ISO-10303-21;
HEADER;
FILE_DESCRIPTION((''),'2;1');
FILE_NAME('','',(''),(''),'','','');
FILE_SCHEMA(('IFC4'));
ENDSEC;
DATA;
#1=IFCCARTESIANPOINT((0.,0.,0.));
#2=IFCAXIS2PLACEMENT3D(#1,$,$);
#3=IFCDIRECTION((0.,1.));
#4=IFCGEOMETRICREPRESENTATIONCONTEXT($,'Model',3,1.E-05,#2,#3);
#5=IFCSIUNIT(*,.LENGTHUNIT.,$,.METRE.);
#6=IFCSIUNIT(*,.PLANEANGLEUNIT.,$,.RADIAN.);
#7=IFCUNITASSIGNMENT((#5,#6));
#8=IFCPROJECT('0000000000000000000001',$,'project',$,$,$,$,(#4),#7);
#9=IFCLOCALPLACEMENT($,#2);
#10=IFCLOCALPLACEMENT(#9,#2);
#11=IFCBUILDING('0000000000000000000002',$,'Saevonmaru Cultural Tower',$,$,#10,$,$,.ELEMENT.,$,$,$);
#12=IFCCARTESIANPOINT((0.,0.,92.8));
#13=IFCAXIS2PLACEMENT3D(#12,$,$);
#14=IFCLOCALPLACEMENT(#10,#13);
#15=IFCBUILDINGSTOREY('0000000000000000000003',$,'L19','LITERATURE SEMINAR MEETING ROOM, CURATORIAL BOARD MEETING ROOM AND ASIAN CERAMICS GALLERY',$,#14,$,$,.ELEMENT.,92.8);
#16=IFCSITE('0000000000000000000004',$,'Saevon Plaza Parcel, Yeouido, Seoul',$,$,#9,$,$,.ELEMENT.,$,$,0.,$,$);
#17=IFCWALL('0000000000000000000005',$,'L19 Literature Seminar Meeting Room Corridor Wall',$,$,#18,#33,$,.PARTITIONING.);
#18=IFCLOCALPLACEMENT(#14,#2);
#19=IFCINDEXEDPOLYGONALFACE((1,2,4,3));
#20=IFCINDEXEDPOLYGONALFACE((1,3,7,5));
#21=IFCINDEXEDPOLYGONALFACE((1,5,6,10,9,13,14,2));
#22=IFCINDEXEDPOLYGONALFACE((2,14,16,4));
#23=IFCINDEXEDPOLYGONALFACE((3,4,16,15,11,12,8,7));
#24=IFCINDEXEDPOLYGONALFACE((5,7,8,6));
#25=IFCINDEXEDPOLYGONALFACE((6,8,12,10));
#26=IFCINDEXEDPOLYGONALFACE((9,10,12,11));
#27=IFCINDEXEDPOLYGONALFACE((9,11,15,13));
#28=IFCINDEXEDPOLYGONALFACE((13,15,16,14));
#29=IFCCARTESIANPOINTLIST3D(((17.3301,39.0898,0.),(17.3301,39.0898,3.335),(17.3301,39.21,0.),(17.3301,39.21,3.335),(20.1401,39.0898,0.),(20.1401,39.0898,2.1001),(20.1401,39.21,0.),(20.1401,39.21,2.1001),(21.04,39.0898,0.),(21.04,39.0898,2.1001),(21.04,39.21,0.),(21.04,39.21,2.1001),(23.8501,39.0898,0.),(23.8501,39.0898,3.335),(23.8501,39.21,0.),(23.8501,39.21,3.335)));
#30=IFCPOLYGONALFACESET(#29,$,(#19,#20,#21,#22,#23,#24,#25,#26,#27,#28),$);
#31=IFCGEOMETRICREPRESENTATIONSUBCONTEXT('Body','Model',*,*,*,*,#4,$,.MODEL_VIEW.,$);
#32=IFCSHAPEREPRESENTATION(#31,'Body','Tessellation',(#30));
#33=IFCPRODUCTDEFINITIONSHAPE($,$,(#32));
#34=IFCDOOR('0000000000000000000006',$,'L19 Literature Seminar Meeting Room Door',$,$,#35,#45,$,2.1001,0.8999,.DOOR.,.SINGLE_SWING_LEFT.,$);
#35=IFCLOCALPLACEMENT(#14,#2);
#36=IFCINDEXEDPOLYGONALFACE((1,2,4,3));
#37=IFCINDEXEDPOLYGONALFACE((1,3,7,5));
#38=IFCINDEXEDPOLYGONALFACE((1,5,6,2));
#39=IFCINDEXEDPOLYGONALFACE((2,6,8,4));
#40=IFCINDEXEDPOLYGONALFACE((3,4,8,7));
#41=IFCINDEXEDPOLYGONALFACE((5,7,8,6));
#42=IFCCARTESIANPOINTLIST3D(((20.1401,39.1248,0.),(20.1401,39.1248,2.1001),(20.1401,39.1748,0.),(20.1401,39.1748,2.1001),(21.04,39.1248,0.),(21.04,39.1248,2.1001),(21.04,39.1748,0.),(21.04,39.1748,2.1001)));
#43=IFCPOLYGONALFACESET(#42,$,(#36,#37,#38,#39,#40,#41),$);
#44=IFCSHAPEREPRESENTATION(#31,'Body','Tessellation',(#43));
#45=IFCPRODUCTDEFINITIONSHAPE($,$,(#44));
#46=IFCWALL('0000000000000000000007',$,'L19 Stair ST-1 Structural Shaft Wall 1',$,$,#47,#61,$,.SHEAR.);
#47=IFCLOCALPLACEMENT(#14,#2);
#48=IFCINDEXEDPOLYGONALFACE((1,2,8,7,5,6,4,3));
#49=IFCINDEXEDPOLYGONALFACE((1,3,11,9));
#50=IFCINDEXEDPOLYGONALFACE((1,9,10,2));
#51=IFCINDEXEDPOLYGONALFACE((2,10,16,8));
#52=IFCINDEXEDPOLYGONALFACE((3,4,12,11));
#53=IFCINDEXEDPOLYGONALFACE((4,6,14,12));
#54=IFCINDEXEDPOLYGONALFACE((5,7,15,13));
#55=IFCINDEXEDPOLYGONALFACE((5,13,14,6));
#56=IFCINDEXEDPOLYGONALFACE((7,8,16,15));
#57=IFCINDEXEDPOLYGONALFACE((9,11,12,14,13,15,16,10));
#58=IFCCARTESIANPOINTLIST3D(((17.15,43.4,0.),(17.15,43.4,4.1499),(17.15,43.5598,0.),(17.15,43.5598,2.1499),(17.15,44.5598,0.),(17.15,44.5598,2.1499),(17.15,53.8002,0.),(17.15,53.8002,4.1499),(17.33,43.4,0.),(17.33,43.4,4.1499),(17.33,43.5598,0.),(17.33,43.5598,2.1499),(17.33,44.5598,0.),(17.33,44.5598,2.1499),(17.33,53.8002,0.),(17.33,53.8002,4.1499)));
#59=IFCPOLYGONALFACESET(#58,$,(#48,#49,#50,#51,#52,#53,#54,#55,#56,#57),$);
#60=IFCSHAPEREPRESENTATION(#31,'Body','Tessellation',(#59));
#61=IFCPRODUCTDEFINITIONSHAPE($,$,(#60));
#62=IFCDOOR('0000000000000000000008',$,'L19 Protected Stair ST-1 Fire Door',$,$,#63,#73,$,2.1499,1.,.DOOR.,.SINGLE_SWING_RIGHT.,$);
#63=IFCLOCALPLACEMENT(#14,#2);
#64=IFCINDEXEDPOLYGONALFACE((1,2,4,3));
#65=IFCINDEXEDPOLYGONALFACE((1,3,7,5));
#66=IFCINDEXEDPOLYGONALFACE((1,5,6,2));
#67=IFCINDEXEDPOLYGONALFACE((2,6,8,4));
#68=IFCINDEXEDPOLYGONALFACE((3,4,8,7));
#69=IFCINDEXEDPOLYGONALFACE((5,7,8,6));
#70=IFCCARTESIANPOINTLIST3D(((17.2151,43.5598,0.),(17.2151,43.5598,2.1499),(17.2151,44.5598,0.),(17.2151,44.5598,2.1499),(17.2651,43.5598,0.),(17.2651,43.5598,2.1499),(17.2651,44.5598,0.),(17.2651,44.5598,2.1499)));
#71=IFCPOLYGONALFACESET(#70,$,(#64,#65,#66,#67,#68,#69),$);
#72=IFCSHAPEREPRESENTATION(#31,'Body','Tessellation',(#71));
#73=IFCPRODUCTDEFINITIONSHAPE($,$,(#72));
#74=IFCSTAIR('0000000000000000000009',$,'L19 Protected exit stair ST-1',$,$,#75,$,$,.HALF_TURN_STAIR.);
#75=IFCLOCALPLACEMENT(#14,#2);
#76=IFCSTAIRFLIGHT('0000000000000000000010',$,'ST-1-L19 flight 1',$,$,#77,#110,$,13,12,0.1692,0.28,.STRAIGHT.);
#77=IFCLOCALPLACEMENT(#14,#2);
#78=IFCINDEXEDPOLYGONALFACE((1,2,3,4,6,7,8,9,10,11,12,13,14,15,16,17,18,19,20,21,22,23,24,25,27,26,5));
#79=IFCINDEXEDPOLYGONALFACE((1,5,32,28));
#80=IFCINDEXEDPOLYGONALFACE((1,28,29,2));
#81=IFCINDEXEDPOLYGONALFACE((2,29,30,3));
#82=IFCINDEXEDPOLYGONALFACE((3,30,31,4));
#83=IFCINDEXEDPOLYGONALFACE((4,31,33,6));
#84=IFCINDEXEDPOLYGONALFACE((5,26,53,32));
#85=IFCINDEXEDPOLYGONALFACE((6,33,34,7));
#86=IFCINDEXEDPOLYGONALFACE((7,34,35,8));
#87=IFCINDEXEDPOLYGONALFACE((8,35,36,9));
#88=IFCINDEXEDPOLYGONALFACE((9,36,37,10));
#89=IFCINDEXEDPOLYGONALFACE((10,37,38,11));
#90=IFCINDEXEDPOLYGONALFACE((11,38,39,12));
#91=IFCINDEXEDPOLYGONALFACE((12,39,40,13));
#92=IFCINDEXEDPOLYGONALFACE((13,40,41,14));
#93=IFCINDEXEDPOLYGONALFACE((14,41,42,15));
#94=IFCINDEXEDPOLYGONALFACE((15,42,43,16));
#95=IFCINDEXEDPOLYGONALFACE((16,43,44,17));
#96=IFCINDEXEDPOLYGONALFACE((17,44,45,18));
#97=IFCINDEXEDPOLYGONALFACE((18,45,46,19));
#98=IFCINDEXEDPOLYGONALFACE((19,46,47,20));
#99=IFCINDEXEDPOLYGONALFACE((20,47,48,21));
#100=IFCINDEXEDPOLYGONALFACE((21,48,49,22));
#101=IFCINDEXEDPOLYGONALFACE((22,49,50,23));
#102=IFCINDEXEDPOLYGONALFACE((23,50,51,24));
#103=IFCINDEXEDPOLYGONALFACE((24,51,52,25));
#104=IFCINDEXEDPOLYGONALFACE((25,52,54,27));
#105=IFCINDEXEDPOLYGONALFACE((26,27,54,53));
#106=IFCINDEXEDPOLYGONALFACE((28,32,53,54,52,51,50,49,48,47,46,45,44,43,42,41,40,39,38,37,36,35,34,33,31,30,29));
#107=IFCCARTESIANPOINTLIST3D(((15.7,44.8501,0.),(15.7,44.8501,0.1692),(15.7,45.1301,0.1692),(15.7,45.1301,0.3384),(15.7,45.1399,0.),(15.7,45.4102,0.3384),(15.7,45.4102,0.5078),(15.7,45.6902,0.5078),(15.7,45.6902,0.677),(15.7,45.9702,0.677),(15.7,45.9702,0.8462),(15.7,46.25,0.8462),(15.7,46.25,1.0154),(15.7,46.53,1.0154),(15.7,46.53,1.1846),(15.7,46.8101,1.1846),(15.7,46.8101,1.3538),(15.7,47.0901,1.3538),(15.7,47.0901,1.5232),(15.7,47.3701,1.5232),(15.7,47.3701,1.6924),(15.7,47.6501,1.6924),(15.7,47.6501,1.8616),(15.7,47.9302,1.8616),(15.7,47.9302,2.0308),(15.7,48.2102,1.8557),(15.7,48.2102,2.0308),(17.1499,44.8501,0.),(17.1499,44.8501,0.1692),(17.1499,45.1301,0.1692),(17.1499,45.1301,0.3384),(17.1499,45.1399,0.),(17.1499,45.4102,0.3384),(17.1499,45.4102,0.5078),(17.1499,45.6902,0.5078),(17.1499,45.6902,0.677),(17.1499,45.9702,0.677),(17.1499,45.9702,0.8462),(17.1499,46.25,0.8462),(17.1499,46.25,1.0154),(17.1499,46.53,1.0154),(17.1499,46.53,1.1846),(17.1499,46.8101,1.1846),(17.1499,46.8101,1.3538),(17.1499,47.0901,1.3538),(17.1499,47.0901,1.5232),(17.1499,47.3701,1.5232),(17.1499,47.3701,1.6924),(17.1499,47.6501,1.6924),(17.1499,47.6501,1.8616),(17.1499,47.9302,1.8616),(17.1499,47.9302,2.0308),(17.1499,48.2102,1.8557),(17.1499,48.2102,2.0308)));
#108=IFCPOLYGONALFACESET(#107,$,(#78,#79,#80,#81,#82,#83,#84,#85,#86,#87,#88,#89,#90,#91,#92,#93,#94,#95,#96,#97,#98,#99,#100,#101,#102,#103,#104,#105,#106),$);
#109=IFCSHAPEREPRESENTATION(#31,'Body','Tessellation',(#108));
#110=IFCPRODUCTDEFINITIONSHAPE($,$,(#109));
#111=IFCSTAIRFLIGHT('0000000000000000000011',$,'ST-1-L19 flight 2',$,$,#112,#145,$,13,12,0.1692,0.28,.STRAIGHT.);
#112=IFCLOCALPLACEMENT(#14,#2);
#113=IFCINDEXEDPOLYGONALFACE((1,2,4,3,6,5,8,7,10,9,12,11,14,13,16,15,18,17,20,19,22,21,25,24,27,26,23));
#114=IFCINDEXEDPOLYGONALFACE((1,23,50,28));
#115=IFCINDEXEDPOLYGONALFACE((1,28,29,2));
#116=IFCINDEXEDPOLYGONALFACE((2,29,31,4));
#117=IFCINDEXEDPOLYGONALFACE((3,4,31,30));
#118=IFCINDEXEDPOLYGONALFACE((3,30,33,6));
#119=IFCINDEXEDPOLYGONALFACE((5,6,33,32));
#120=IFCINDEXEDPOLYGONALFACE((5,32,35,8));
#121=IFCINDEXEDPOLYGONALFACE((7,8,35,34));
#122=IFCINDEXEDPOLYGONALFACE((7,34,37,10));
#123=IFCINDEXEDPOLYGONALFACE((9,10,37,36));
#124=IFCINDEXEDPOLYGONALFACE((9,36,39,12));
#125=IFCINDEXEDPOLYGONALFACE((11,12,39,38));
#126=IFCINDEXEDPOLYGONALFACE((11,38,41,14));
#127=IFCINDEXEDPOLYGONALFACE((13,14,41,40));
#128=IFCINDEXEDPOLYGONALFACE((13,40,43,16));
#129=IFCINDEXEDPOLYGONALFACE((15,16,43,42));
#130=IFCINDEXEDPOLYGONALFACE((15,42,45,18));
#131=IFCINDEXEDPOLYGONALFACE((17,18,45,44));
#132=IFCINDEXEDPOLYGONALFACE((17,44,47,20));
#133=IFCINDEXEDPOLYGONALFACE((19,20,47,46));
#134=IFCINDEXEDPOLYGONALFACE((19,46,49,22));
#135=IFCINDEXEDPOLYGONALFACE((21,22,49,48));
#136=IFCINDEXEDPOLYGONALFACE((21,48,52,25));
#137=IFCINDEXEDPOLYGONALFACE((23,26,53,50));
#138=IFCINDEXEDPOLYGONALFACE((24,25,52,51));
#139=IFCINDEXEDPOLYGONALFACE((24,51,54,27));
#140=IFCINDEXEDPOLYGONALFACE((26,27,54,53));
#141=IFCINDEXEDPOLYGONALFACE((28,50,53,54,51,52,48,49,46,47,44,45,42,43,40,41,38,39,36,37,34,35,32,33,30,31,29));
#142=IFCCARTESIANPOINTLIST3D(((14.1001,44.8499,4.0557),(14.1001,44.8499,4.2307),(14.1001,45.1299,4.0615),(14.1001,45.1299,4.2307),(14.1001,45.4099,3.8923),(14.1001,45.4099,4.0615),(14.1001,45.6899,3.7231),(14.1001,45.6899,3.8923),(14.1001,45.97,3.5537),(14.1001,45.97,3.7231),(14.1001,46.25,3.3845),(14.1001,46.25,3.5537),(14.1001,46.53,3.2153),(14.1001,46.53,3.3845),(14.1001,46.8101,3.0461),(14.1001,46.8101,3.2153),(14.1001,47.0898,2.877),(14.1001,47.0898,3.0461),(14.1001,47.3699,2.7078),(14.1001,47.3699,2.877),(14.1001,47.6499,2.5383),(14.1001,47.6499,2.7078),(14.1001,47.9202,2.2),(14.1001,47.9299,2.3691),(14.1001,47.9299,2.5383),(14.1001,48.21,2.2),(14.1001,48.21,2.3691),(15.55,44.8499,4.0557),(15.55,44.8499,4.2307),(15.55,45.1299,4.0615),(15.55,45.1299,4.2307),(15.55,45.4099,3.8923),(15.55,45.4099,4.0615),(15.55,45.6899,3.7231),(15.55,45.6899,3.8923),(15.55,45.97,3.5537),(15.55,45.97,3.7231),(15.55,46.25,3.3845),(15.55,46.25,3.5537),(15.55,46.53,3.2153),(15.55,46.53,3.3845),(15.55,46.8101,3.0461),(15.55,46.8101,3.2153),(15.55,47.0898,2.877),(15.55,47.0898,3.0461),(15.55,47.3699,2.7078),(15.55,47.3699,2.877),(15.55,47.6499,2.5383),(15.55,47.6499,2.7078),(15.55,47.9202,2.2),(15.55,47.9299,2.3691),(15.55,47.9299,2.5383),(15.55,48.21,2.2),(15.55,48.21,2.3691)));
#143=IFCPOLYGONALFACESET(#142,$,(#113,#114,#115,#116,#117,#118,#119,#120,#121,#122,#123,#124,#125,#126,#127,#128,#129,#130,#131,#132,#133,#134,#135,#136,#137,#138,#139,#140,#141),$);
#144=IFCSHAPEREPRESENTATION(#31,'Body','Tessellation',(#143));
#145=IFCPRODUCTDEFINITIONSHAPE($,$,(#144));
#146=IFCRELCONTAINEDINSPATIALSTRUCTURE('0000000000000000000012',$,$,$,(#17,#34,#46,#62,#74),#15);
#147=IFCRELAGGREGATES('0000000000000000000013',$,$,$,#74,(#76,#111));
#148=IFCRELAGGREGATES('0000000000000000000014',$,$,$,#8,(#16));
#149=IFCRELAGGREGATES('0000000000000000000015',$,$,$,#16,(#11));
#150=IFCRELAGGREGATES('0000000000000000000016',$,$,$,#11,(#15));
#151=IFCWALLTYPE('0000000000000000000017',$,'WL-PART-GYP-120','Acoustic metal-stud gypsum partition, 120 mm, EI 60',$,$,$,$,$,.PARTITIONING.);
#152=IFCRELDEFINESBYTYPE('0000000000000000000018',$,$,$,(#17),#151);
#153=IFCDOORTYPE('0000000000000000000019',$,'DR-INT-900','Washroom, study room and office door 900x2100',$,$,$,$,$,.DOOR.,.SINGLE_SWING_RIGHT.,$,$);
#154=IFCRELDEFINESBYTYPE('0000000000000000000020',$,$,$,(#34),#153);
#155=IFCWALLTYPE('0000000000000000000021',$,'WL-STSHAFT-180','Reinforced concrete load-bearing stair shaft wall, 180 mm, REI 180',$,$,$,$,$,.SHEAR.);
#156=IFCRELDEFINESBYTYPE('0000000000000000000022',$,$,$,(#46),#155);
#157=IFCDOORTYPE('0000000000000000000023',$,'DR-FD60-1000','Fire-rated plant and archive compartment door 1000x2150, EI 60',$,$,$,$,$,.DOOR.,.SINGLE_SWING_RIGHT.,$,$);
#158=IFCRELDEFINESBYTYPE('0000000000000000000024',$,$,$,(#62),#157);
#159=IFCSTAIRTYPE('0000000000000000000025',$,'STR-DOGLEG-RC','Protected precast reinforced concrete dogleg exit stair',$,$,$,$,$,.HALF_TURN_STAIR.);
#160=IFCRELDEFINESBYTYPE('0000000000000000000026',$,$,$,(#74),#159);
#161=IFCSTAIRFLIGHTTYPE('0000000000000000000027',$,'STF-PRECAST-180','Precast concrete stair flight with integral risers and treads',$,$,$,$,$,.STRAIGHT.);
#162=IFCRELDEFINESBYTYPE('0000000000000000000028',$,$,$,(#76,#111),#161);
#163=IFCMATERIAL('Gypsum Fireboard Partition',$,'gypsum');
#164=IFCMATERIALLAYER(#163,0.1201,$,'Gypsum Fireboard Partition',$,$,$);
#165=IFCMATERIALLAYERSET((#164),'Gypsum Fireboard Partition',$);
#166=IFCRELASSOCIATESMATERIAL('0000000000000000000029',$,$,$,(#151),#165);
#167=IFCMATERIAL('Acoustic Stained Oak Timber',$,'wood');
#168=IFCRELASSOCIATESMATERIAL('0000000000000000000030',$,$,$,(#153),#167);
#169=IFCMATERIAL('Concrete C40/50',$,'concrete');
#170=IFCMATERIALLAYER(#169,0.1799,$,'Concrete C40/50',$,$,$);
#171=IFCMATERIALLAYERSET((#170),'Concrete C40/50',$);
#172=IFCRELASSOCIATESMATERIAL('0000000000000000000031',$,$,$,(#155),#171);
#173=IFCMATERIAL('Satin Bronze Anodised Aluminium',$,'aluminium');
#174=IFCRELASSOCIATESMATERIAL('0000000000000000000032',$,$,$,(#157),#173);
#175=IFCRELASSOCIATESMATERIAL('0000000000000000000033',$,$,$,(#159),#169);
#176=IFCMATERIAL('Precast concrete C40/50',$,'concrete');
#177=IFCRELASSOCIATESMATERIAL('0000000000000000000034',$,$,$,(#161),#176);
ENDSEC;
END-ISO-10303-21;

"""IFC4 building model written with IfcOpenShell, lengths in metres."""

from ifc_helpers import new_model, si_unit, direction, frame, frame_2d, origin, place, context, subcontext, project, spatial, polyline, rectangle, outline, extrude, material, layer, layer_set, type_object, element, fill, aggregate, save


model = new_model("IFC4")

# Units and contexts
model_context = context("Model", 3, precision=1e-05, world=origin(), true_north=direction((0.0, 1.0)))
body_context = subcontext(model_context, "Body", "Model", "MODEL_VIEW")
ifc_project = project(units=[si_unit("LENGTHUNIT", "METRE"), si_unit("PLANEANGLEUNIT", "RADIAN")], contexts=[model_context])

# Site, building, storey
site_placement = place(None, origin())
site = spatial("IfcSite", under=ifc_project, at=site_placement, Name="Saevon Plaza Parcel, Yeouido, Seoul", CompositionType="ELEMENT", RefElevation=0.0)
building_placement = place(site_placement, origin())
building = spatial("IfcBuilding", under=site, at=building_placement, Name="Saevonmaru Cultural Tower", CompositionType="ELEMENT")
storey_placement = place(building_placement, frame((0.0, 0.0, 92.8)))
storey = spatial("IfcBuildingStorey", under=building, at=storey_placement, Name="L19", Description="LITERATURE SEMINAR MEETING ROOM, CURATORIAL BOARD MEETING ROOM AND ASIAN CERAMICS GALLERY", CompositionType="ELEMENT", Elevation=92.8)

# Shared definitions
ifc_material_1 = material(Name="Satin Bronze Anodised Aluminium", Category="aluminium")

# Shared definitions
ifc_material_2 = material(Name="Gypsum Fireboard Partition", Category="gypsum")

# Shared definitions
ifc_layer_1 = layer(ifc_material_2, 0.1201, Name="Gypsum Fireboard Partition")
ifc_layer_set_1 = layer_set([ifc_layer_1], Name="Gypsum Fireboard Partition")
wall_type_1 = type_object("IfcWallType", Name="WL-PART-GYP-120", Description="Acoustic metal-stud gypsum partition, 120 mm, EI 60", PredefinedType="PARTITIONING", material=ifc_layer_set_1)

# Walls, openings, doors
ifc_material_3 = material(Name="Acoustic Stained Oak Timber", Category="wood")
door_type_1 = type_object("IfcDoorType", Name="DR-INT-900", Description="Washroom, study room and office door 900x2100", OperationType="SINGLE_SWING_RIGHT", PredefinedType="DOOR", material=ifc_material_3)
wall_1_placement = place(storey_placement, frame((17.3301, 39.1499, 0.0), z_axis=(0.0, 0.0, 1.0), x_axis=(1.0, 0.0, 0.0)))
wall_1 = element("IfcWall", 1, at=wall_1_placement, inside=storey, type_object=wall_type_1, Name="L19 Literature Seminar Meeting Room Corridor Wall", PredefinedType="PARTITIONING", context=body_context, shape_type="SweptSolid", body=[
    extrude(rectangle(XDim=6.52, YDim=0.1201, at=frame_2d((3.26, 0.0))), origin(), (0.0, 0.0, 1.0), 3.335),
])
opening_1_placement = place(wall_1_placement, frame((2.8101, 0.0, 0.0)))
opening_1 = element("IfcOpeningElement", 2, at=opening_1_placement, cuts=wall_1, PredefinedType="OPENING", context=body_context, shape_type="SweptSolid", body=[
    extrude(rectangle(XDim=0.8999, YDim=2.1001, at=frame_2d((0.45, 1.05))), frame((0.0, 0.0701, 0.0), z_axis=(0.0, -1.0, 0.0), x_axis=(1.0, 0.0, 0.0)), (0.0, 0.0, 1.0), 0.1401),
])
door_1_placement = place(opening_1_placement, origin())
door_1 = element("IfcDoor", 3, at=door_1_placement, inside=storey, type_object=door_type_1, Name="L19 Literature Seminar Meeting Room Door", OperationType="SINGLE_SWING_LEFT", OverallHeight=2.1001, OverallWidth=0.8999, PredefinedType="DOOR", context=body_context, shape_type="SweptSolid", body=[
    extrude(rectangle(XDim=0.8999, YDim=2.1001, at=frame_2d((0.45, 1.05))), frame((0.0, 0.0249, 0.0), z_axis=(0.0, -1.0, 0.0), x_axis=(1.0, 0.0, 0.0)), (0.0, 0.0, 1.0), 0.05),
])
fill(opening_1, door_1)
ifc_material_4 = material(Name="Concrete C40/50", Category="concrete")
ifc_layer_2 = layer(ifc_material_4, 0.1799, Name="Concrete C40/50")
ifc_layer_set_2 = layer_set([ifc_layer_2], Name="Concrete C40/50")
wall_type_2 = type_object("IfcWallType", Name="WL-STSHAFT-180", Description="Reinforced concrete load-bearing stair shaft wall, 180 mm, REI 180", PredefinedType="SHEAR", material=ifc_layer_set_2)
wall_2_placement = place(storey_placement, frame((17.24, 43.3999, 0.0), z_axis=(0.0, 0.0, 1.0), x_axis=(0.0, 1.0, 0.0)))
wall_2 = element("IfcWall", 4, at=wall_2_placement, inside=storey, type_object=wall_type_2, Name="L19 Stair ST-1 Structural Shaft Wall 1", PredefinedType="SHEAR", context=body_context, shape_type="SweptSolid", body=[
    extrude(rectangle(XDim=10.4001, YDim=0.1799, at=frame_2d((5.2002, 0.0))), origin(), (0.0, 0.0, 1.0), 4.1499),
])
opening_2_placement = place(wall_2_placement, frame((0.1599, 0.0, 0.0)))
opening_2 = element("IfcOpeningElement", 5, at=opening_2_placement, cuts=wall_2, PredefinedType="OPENING", context=body_context, shape_type="SweptSolid", body=[
    extrude(rectangle(XDim=1.0, YDim=2.1499, at=frame_2d((0.5, 1.075))), frame((0.0, 0.1001, 0.0), z_axis=(0.0, -1.0, 0.0), x_axis=(1.0, 0.0, 0.0)), (0.0, 0.0, 1.0), 0.2),
])
door_type_2 = type_object("IfcDoorType", Name="DR-FD60-1000", Description="Fire-rated plant and archive compartment door 1000x2150, EI 60", OperationType="SINGLE_SWING_RIGHT", PredefinedType="DOOR", material=ifc_material_1)
door_2_placement = place(opening_2_placement, origin())
door_2 = element("IfcDoor", 6, at=door_2_placement, inside=storey, type_object=door_type_2, Name="L19 Protected Stair ST-1 Fire Door", OperationType="SINGLE_SWING_RIGHT", OverallHeight=2.1499, OverallWidth=1.0, PredefinedType="DOOR", context=body_context, shape_type="SweptSolid", body=[
    extrude(rectangle(XDim=1.0, YDim=2.1499, at=frame_2d((0.5, 1.075))), frame((0.0, 0.0249, 0.0), z_axis=(0.0, -1.0, 0.0), x_axis=(1.0, 0.0, 0.0)), (0.0, 0.0, 1.0), 0.05),
])
fill(opening_2, door_2)

# Stair, stair flights
stair_type = type_object("IfcStairType", Name="STR-DOGLEG-RC", Description="Protected precast reinforced concrete dogleg exit stair", PredefinedType="HALF_TURN_STAIR", material=ifc_material_4)
stair_placement = place(storey_placement, origin())
stair = element("IfcStair", 7, at=stair_placement, inside=storey, type_object=stair_type, Name="L19 Protected exit stair ST-1", PredefinedType="HALF_TURN_STAIR")
ifc_material_5 = material(Name="Precast concrete C40/50", Category="concrete")
stair_flight_type = type_object("IfcStairFlightType", Name="STF-PRECAST-180", Description="Precast concrete stair flight with integral risers and treads", PredefinedType="STRAIGHT", material=ifc_material_5)
stair_flight_1_placement = place(storey_placement, frame((16.425, 44.8501, 0.0), z_axis=(0.0, 0.0, 1.0), x_axis=(0.0, 1.0, 0.0)))
stair_flight_1 = element("IfcStairFlight", 8, at=stair_flight_1_placement, type_object=stair_flight_type, Name="ST-1-L19 flight 1", NumberOfRisers=13, NumberOfTreads=12, PredefinedType="STRAIGHT", RiserHeight=0.1692, TreadLength=0.28, context=body_context, shape_type="SweptSolid", body=[
    extrude(outline(polyline([(0.0, 0.0), (0.0, 0.1692), (0.28, 0.1692), (0.28, 0.3384), (0.5601, 0.3384), (0.5601, 0.5078), (0.8401, 0.5078), (0.8401, 0.677), (1.1201, 0.677), (1.1201, 0.8462), (1.3999, 0.8462), (1.3999, 1.0154), (1.6799, 1.0154), (1.6799, 1.1846), (1.96, 1.1846), (1.96, 1.3538), (2.24, 1.3538), (2.24, 1.5232), (2.52, 1.5232), (2.52, 1.6924), (2.8, 1.6924), (2.8, 1.8616), (3.0801, 1.8616), (3.0801, 2.0308), (3.3601, 2.0308), (3.3601, 2.2), (3.3601, 1.8557), (0.2898, 0.0), (0.0, 0.0)])), frame((0.0, 0.7251, 0.0), z_axis=(0.0, -1.0, 0.0), x_axis=(1.0, 0.0, 0.0)), (0.0, 0.0, 1.0), 1.45),
])
stair_flight_2_placement = place(storey_placement, frame((14.825, 48.21, 2.2), z_axis=(0.0, 0.0, 1.0), x_axis=(0.0, -1.0, 0.0)))
stair_flight_2 = element("IfcStairFlight", 9, at=stair_flight_2_placement, type_object=stair_flight_type, Name="ST-1-L19 flight 2", NumberOfRisers=13, NumberOfTreads=12, PredefinedType="STRAIGHT", RiserHeight=0.1692, TreadLength=0.28, context=body_context, shape_type="SweptSolid", body=[
    extrude(outline(polyline([(0.0, 0.0), (0.0, 0.1692), (0.28, 0.1692), (0.28, 0.3384), (0.5601, 0.3384), (0.5601, 0.5078), (0.8401, 0.5078), (0.8401, 0.677), (1.1201, 0.677), (1.1201, 0.8462), (1.3999, 0.8462), (1.3999, 1.0154), (1.6799, 1.0154), (1.6799, 1.1846), (1.96, 1.1846), (1.96, 1.3538), (2.24, 1.3538), (2.24, 1.5232), (2.52, 1.5232), (2.52, 1.6924), (2.8, 1.6924), (2.8, 1.8616), (3.0801, 1.8616), (3.0801, 2.0308), (3.3601, 2.0308), (3.3601, 2.2), (3.3601, 1.8557), (0.2898, 0.0), (0.0, 0.0)])), frame((0.0, 0.7251, 0.0), z_axis=(0.0, -1.0, 0.0), x_axis=(1.0, 0.0, 0.0)), (0.0, 0.0, 1.0), 1.45),
])
aggregate(stair, [stair_flight_1, stair_flight_2])

save(model, "model.ifc")
